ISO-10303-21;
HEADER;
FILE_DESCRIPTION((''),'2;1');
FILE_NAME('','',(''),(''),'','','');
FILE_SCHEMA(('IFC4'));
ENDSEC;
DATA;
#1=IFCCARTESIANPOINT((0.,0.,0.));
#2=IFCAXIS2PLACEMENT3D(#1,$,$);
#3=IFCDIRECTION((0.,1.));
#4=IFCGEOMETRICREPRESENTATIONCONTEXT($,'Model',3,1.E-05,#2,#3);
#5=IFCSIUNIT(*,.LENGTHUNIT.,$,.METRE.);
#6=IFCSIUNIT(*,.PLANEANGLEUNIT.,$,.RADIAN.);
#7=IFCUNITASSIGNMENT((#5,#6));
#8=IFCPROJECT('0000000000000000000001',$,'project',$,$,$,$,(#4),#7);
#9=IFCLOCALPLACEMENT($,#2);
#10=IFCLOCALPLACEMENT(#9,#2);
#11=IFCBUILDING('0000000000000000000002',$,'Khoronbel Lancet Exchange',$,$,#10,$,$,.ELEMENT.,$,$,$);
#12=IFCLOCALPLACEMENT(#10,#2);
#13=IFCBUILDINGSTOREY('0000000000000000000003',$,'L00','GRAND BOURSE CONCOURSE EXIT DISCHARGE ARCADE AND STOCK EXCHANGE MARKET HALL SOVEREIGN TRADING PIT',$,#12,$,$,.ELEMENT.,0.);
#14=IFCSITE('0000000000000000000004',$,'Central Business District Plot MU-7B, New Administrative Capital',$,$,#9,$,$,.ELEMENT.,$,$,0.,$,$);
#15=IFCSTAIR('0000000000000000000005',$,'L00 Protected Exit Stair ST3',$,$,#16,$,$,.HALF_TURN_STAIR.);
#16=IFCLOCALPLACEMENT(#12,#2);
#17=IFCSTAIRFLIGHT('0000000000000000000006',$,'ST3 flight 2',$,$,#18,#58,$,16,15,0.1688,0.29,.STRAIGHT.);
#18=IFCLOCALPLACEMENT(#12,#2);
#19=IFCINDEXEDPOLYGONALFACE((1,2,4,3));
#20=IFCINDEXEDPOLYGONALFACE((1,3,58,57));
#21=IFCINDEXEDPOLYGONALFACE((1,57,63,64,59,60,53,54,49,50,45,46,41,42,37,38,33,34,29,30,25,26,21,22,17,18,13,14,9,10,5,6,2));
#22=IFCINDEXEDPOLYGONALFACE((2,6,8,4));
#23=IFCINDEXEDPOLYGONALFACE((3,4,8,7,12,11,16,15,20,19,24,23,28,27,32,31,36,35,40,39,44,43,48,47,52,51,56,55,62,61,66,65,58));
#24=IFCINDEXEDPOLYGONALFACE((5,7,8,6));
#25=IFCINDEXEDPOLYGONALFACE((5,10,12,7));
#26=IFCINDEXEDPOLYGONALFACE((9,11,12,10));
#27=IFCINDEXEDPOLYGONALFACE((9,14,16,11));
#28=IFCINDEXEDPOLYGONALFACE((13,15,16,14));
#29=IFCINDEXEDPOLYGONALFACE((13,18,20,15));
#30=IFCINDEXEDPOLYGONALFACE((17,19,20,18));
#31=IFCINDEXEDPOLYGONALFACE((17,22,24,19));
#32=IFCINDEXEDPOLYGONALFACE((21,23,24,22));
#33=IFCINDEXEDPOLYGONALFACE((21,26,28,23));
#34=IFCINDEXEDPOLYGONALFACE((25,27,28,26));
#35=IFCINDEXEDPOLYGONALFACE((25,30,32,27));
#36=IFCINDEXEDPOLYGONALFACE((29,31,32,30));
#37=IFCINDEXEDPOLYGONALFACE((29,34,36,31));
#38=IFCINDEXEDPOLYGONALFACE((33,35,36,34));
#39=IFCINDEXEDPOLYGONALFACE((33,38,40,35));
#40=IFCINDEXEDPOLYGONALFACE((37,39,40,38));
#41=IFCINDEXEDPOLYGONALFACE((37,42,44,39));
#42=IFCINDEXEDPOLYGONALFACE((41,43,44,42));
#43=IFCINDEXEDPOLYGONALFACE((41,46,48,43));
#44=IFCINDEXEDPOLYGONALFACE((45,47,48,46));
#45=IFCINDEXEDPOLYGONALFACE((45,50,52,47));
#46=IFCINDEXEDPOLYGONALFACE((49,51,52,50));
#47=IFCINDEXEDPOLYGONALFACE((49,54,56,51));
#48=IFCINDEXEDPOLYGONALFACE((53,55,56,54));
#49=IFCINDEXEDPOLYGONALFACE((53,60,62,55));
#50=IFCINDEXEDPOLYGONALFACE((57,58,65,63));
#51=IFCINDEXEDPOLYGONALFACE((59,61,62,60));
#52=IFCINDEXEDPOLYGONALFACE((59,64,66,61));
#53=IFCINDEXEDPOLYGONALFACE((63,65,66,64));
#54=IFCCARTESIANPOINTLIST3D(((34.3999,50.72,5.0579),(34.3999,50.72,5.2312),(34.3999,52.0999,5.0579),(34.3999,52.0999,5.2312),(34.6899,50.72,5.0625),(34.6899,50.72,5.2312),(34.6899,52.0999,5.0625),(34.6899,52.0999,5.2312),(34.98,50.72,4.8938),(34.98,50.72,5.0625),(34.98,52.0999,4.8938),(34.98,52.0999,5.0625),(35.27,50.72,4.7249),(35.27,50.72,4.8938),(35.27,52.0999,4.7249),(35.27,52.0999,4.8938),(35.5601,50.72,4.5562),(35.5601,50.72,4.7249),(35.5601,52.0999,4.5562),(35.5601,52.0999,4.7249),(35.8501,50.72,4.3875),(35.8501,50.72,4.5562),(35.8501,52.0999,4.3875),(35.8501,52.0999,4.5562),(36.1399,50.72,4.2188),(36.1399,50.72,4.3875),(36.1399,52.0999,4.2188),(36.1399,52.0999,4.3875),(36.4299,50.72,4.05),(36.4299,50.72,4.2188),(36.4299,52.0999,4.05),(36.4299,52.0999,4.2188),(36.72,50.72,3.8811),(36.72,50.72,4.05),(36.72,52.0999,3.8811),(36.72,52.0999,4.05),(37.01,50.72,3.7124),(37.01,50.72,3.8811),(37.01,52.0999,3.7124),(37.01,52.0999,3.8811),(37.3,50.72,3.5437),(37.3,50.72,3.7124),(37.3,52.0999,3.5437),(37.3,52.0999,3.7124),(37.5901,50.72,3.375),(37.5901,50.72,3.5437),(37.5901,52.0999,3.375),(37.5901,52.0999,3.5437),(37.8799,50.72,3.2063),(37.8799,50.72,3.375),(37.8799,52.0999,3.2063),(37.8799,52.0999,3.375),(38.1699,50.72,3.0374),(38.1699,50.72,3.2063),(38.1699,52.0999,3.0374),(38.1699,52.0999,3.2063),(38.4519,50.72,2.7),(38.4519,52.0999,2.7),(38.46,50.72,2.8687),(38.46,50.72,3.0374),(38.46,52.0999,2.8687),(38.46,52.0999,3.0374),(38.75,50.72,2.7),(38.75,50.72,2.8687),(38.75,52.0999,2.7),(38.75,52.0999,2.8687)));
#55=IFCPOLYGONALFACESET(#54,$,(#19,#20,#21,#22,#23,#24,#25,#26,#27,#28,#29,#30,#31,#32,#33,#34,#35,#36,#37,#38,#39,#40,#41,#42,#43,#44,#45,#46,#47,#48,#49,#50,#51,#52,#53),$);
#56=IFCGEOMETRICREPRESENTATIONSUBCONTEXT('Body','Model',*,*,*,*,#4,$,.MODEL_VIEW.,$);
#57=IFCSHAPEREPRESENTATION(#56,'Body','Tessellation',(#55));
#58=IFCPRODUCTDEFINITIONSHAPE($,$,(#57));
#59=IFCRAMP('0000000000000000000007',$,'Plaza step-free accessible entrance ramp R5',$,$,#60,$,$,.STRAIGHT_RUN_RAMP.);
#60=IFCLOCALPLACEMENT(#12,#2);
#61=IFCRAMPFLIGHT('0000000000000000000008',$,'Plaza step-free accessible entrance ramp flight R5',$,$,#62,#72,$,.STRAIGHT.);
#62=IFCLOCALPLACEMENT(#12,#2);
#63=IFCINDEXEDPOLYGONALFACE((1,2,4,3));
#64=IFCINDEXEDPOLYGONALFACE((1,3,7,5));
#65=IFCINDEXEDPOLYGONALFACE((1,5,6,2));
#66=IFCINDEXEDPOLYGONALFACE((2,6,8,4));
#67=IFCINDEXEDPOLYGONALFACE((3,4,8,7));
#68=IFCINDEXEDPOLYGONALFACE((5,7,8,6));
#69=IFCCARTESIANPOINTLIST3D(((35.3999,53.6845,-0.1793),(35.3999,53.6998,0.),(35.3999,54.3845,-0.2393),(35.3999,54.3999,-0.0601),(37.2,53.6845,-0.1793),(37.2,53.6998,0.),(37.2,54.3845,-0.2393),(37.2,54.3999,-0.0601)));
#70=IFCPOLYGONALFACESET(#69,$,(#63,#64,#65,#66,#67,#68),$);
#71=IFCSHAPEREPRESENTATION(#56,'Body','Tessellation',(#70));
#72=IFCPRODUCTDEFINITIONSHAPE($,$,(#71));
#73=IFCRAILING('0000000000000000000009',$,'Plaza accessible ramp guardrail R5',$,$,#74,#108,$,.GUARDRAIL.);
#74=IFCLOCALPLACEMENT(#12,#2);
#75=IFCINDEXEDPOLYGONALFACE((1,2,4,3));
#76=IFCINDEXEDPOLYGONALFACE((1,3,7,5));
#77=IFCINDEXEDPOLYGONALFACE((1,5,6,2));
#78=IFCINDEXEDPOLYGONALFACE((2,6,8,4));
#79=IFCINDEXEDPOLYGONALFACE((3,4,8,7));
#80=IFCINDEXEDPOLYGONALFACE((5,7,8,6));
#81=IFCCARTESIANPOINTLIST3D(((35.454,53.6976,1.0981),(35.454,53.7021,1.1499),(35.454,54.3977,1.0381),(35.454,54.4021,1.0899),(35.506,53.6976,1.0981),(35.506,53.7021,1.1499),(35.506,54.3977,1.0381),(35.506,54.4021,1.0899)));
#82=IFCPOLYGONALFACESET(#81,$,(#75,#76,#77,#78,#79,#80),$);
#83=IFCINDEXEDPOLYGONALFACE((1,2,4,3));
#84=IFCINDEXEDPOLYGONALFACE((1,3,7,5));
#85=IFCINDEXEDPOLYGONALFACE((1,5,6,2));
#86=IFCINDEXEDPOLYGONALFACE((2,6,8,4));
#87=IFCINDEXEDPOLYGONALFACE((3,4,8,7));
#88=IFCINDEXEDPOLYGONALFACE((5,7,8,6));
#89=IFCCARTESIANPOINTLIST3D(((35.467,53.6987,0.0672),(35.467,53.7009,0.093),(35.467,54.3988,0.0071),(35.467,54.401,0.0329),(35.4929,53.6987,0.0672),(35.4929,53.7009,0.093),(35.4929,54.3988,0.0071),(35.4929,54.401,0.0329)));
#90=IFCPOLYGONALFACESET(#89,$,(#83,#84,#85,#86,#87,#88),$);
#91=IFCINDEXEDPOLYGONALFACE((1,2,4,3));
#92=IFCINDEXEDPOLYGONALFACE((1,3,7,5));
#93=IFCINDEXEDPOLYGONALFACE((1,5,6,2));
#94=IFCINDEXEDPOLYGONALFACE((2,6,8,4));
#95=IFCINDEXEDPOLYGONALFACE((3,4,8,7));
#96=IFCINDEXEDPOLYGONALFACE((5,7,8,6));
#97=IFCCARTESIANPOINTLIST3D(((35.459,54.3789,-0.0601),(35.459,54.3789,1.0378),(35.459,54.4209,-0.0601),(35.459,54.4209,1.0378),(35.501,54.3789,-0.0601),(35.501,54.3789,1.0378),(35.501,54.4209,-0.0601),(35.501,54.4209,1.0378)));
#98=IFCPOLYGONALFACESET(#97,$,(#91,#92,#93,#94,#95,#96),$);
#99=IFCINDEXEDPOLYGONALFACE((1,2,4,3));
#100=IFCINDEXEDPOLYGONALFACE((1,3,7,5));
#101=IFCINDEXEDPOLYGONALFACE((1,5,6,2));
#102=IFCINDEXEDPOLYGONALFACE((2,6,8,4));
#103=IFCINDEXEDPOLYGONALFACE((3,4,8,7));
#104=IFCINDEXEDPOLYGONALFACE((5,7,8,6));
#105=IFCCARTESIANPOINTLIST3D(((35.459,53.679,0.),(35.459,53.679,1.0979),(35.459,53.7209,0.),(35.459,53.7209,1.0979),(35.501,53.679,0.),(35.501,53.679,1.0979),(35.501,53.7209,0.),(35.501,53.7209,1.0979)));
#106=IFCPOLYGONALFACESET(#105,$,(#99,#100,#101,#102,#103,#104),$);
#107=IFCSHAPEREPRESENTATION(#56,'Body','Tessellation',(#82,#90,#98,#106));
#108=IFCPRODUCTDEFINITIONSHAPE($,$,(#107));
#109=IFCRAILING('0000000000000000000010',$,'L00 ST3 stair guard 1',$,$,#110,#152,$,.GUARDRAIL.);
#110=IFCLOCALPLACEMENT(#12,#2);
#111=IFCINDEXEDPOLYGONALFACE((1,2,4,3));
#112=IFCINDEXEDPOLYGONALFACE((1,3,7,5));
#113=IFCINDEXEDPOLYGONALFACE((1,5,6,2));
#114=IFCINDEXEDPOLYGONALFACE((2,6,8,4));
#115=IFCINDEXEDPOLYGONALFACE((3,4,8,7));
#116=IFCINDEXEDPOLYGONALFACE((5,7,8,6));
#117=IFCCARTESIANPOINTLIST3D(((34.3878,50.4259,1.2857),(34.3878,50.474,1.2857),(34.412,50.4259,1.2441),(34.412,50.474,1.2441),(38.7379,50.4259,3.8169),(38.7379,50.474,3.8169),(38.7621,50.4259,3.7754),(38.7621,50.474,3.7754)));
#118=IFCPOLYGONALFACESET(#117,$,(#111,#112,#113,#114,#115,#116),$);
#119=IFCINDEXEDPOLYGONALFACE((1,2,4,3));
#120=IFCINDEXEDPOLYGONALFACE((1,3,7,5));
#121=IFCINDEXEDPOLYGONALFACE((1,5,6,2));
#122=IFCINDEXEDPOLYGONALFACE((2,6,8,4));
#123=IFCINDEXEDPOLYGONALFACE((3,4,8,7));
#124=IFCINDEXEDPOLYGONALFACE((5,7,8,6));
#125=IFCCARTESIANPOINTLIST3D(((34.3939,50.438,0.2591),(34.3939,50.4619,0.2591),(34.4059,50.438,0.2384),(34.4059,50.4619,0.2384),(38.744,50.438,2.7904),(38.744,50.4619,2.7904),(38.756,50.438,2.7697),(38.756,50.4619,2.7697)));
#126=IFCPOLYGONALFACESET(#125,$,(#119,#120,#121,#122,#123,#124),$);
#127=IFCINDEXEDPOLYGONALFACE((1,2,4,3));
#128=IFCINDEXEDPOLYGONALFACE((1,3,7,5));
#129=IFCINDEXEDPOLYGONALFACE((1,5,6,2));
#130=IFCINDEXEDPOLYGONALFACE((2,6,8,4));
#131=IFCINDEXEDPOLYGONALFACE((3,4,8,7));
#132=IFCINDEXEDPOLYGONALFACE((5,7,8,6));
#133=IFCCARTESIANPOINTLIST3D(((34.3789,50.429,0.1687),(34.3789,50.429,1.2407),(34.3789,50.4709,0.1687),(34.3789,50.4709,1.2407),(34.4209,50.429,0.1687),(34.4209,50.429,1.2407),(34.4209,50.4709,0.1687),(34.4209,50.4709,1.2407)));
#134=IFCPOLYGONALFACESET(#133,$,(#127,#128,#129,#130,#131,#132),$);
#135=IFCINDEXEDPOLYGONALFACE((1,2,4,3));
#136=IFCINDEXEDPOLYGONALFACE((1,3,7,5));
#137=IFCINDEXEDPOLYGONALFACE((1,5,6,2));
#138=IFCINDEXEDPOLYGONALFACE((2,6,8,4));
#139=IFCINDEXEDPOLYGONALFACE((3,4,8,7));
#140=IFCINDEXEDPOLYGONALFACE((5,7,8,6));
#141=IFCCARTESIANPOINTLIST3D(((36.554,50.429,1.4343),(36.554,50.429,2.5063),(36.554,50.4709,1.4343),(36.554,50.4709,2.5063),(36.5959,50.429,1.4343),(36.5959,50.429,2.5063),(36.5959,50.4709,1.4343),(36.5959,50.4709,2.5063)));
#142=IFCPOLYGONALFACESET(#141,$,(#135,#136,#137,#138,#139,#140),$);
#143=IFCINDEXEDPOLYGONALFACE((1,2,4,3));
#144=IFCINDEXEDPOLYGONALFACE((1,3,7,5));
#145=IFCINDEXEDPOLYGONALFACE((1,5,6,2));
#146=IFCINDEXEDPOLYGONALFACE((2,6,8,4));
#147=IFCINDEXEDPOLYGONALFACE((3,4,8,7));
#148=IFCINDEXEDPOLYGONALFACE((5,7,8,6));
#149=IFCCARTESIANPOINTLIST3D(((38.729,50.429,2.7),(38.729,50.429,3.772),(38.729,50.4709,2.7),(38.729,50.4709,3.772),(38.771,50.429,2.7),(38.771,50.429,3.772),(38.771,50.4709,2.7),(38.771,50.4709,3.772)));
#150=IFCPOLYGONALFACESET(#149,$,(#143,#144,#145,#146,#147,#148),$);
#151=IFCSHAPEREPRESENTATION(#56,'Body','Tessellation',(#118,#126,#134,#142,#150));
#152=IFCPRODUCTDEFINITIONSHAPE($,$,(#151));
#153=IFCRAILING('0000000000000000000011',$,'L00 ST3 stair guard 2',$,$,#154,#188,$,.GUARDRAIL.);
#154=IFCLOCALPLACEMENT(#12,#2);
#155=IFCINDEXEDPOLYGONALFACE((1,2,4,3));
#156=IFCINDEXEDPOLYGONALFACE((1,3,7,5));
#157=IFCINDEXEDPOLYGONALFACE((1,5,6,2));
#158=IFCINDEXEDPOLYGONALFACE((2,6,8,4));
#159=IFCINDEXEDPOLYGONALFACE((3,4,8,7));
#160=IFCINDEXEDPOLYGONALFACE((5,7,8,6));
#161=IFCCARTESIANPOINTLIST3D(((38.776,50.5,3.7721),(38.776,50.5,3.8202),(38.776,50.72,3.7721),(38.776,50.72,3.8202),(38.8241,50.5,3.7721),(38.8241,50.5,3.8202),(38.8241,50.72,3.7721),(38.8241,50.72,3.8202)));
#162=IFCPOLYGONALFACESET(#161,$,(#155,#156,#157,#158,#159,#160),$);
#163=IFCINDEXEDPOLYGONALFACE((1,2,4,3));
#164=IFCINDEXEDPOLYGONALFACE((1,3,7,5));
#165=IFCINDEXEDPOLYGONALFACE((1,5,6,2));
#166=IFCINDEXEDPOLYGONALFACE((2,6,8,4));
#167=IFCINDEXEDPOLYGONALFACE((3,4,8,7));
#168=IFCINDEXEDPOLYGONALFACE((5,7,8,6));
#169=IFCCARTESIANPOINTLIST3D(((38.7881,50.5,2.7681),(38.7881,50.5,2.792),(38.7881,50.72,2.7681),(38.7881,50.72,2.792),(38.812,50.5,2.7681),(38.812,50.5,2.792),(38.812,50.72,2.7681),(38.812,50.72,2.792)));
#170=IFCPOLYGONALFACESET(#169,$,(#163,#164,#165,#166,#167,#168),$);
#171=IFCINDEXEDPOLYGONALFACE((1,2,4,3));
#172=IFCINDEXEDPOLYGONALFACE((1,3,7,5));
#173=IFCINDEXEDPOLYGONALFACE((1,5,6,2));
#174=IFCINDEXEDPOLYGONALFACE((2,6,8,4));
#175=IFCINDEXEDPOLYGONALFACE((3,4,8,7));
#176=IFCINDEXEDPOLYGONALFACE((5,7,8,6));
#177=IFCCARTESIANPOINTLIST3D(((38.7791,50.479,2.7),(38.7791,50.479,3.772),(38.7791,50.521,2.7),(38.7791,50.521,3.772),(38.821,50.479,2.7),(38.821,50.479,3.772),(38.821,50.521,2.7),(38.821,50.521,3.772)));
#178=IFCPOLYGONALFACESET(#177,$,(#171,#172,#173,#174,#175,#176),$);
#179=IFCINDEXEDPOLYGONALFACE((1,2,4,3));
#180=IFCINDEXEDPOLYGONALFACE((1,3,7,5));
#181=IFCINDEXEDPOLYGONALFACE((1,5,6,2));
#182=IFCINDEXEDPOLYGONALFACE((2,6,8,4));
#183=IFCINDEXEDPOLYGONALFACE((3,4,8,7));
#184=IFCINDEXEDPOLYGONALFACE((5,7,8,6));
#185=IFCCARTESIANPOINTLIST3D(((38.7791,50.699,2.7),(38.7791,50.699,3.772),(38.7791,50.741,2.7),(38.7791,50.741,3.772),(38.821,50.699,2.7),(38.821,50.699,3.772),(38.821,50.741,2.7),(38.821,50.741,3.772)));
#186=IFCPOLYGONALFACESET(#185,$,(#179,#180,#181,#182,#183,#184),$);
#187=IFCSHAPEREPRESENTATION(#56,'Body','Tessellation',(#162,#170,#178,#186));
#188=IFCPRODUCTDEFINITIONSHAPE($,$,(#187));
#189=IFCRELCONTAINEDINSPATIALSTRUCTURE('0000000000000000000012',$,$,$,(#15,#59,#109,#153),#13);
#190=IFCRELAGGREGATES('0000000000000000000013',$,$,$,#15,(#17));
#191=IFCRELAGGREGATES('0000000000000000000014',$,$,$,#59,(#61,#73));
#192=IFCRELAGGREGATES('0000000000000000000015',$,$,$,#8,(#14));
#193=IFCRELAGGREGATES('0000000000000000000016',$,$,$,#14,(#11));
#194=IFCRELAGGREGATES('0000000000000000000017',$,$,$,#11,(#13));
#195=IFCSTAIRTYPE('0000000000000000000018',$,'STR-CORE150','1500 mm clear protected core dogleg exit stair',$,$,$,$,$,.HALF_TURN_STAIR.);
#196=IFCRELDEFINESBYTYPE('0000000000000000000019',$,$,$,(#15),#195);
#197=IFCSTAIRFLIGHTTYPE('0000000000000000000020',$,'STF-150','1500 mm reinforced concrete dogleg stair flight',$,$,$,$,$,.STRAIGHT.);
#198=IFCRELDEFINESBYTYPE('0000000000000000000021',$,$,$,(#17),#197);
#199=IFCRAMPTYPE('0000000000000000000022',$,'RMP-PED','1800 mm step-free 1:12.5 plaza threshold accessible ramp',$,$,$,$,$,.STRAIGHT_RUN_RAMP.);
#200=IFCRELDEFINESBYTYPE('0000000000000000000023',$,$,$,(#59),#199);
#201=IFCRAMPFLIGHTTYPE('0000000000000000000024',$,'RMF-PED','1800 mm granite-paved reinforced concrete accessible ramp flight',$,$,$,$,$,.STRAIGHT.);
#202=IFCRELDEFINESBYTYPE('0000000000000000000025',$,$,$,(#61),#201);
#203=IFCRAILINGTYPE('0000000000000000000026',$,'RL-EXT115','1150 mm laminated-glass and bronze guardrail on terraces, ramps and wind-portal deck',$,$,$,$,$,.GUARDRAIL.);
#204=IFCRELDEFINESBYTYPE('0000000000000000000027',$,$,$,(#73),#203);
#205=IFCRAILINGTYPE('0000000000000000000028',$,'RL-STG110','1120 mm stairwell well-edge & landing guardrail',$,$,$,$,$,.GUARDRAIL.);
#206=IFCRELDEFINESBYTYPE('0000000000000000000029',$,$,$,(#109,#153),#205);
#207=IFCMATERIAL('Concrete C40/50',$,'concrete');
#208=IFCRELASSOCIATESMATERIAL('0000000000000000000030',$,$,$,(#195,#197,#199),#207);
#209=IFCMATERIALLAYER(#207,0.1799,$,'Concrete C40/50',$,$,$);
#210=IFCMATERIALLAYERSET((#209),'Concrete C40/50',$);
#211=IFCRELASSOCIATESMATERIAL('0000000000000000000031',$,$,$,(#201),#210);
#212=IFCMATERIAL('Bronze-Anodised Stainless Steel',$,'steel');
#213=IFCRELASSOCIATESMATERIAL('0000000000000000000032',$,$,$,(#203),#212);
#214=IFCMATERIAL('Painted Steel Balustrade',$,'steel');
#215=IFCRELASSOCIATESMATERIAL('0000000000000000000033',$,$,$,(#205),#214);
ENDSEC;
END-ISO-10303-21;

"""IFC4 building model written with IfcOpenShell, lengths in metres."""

from ifc_helpers import new_model, si_unit, direction, frame, origin, origin_2d, place, context, subcontext, project, spatial, polyline, rectangle, outline, extrude, material, layer, layer_set, type_object, element, aggregate, save


model = new_model("IFC4")

# Units and contexts
model_context = context("Model", 3, precision=1e-05, world=origin(), true_north=direction((0.0, 1.0)))
body_context = subcontext(model_context, "Body", "Model", "MODEL_VIEW")
ifc_project = project(units=[si_unit("LENGTHUNIT", "METRE"), si_unit("PLANEANGLEUNIT", "RADIAN")], contexts=[model_context])

# Site, building, storey
site_placement = place(None, origin())
site = spatial("IfcSite", under=ifc_project, at=site_placement, Name="Central Business District Plot MU-7B, New Administrative Capital", CompositionType="ELEMENT", RefElevation=0.0)
building_placement = place(site_placement, origin())
building = spatial("IfcBuilding", under=site, at=building_placement, Name="Khoronbel Lancet Exchange", CompositionType="ELEMENT")
storey_placement = place(building_placement, origin())
storey = spatial("IfcBuildingStorey", under=building, at=storey_placement, Name="L00", Description="GRAND BOURSE CONCOURSE EXIT DISCHARGE ARCADE AND STOCK EXCHANGE MARKET HALL SOVEREIGN TRADING PIT", CompositionType="ELEMENT", Elevation=0.0)

# Stair, stair flight
ifc_material_1 = material(Name="Concrete C40/50", Category="concrete")
stair_type = type_object("IfcStairType", Name="STR-CORE150", Description="1500 mm clear protected core dogleg exit stair", PredefinedType="HALF_TURN_STAIR", material=ifc_material_1)
stair_placement = place(storey_placement, origin())
stair = element("IfcStair", 1, at=stair_placement, inside=storey, type_object=stair_type, Name="L00 Protected Exit Stair ST3", PredefinedType="HALF_TURN_STAIR")
stair_flight_type = type_object("IfcStairFlightType", Name="STF-150", Description="1500 mm reinforced concrete dogleg stair flight", PredefinedType="STRAIGHT", material=ifc_material_1)
stair_flight_1_placement = place(storey_placement, frame((38.75, 51.4099, 2.7), z_axis=(0.0, 0.0, 1.0), x_axis=(-1.0, 0.0, 0.0)))
stair_flight_1 = element("IfcStairFlight", 2, at=stair_flight_1_placement, type_object=stair_flight_type, Name="ST3 flight 2", NumberOfRisers=16, NumberOfTreads=15, PredefinedType="STRAIGHT", RiserHeight=0.1688, TreadLength=0.29, context=body_context, shape_type="SweptSolid", body=[
    extrude(outline(polyline([(0.0, 0.0), (0.0, 0.1687), (0.29, 0.1687), (0.29, 0.3374), (0.5801, 0.3374), (0.5801, 0.5063), (0.8701, 0.5063), (0.8701, 0.675), (1.1599, 0.675), (1.1599, 0.8438), (1.45, 0.8438), (1.45, 1.0125), (1.74, 1.0125), (1.74, 1.1812), (2.03, 1.1812), (2.03, 1.3501), (2.3201, 1.3501), (2.3201, 1.5188), (2.6101, 1.5188), (2.6101, 1.6875), (2.8999, 1.6875), (2.8999, 1.8562), (3.1899, 1.8562), (3.1899, 2.0249), (3.48, 2.0249), (3.48, 2.1938), (3.77, 2.1938), (3.77, 2.3625), (4.0601, 2.3625), (4.0601, 2.5312), (4.3501, 2.5312), (4.3501, 2.7), (4.3501, 2.3579), (0.2981, 0.0), (0.0, 0.0)])), frame((0.0, 0.6899, 0.0), z_axis=(0.0, -1.0, 0.0), x_axis=(1.0, 0.0, 0.0)), (0.0, 0.0, 1.0), 1.3799),
])
aggregate(stair, [stair_flight_1])

# Ramp, ramp flight, railing
ramp_type = type_object("IfcRampType", Name="RMP-PED", Description="1800 mm step-free 1:12.5 plaza threshold accessible ramp", PredefinedType="STRAIGHT_RUN_RAMP", material=ifc_material_1)
ramp_placement = place(storey_placement, origin())
ramp = element("IfcRamp", 3, at=ramp_placement, inside=storey, type_object=ramp_type, Name="Plaza step-free accessible entrance ramp R5", PredefinedType="STRAIGHT_RUN_RAMP")
ifc_layer_1 = layer(ifc_material_1, 0.1799, Name="Concrete C40/50")
ifc_layer_set_1 = layer_set([ifc_layer_1], Name="Concrete C40/50")
ramp_flight_type = type_object("IfcRampFlightType", Name="RMF-PED", Description="1800 mm granite-paved reinforced concrete accessible ramp flight", PredefinedType="STRAIGHT", material=ifc_layer_set_1)
ramp_flight_placement = place(storey_placement, frame((35.3999, 54.3999, -0.0601), z_axis=(0.0, 0.08549, 0.996339), x_axis=(1.0, 0.0, 0.0)))
ramp_flight = element("IfcRampFlight", 4, at=ramp_flight_placement, type_object=ramp_flight_type, Name="Plaza step-free accessible entrance ramp flight R5", PredefinedType="STRAIGHT", context=body_context, shape_type="SweptSolid", body=[
    extrude(outline(polyline([(0.0, 0.0), (1.8, 0.0), (1.8, -0.7026), (0.0, -0.7026), (0.0, 0.0)])), origin(), (0.0, 0.0, -1.0), 0.1799),
])
ifc_material_2 = material(Name="Bronze-Anodised Stainless Steel", Category="steel")
railing_type_1 = type_object("IfcRailingType", Name="RL-EXT115", Description="1150 mm laminated-glass and bronze guardrail on terraces, ramps and wind-portal deck", PredefinedType="GUARDRAIL", material=ifc_material_2)
railing_1_placement = place(storey_placement, frame((35.48, 54.3999, -0.0601)))
railing_1 = element("IfcRailing", 5, at=railing_1_placement, type_object=railing_type_1, Name="Plaza accessible ramp guardrail R5", PredefinedType="GUARDRAIL", context=body_context, shape_type="SweptSolid", body=[
    extrude(rectangle(XDim=0.052, YDim=0.052, at=origin_2d()), frame((0.0, 0.0, 1.124), z_axis=(0.0, -0.996339, 0.08549), x_axis=(1.0, 0.0, 0.0)), (0.0, 0.0, 1.0), 0.7026),
    extrude(rectangle(XDim=0.0259, YDim=0.0259, at=origin_2d()), frame((0.0, 0.0, 0.0801), z_axis=(0.0, -0.996339, 0.08549), x_axis=(1.0, 0.0, 0.0)), (0.0, 0.0, 1.0), 0.7026),
    extrude(rectangle(XDim=0.042, YDim=0.042, at=origin_2d()), origin(), (0.0, 0.0, 1.0), 1.0979),
    extrude(rectangle(XDim=0.042, YDim=0.042, at=origin_2d()), frame((0.0, -0.7, 0.0601)), (0.0, 0.0, 1.0), 1.0979),
])
aggregate(ramp, [ramp_flight, railing_1])

# Railings
ifc_material_3 = material(Name="Painted Steel Balustrade", Category="steel")
railing_type_2 = type_object("IfcRailingType", Name="RL-STG110", Description="1120 mm stairwell well-edge & landing guardrail", PredefinedType="GUARDRAIL", material=ifc_material_3)
railing_2_placement = place(storey_placement, frame((34.3999, 50.45, 0.1687)))
element("IfcRailing", 6, at=railing_2_placement, inside=storey, type_object=railing_type_2, Name="L00 ST3 stair guard 1", PredefinedType="GUARDRAIL", context=body_context, shape_type="SweptSolid", body=[
    extrude(rectangle(XDim=0.0481, YDim=0.0481, at=origin_2d()), frame((0.0, 0.0, 1.0962), z_axis=(0.864324, 0.0, 0.502936), x_axis=(0.0, 1.0, 0.0)), (0.0, 0.0, 1.0), 5.033),
    extrude(rectangle(XDim=0.0239, YDim=0.0239, at=origin_2d()), frame((0.0, 0.0, 0.0801), z_axis=(0.864324, 0.0, 0.502936), x_axis=(0.0, 1.0, 0.0)), (0.0, 0.0, 1.0), 5.033),
    extrude(rectangle(XDim=0.042, YDim=0.042, at=origin_2d()), origin(), (0.0, 0.0, 1.0), 1.072),
    extrude(rectangle(XDim=0.042, YDim=0.042, at=origin_2d()), frame((2.175, 0.0, 1.2656)), (0.0, 0.0, 1.0), 1.072),
    extrude(rectangle(XDim=0.042, YDim=0.042, at=origin_2d()), frame((4.3501, 0.0, 2.5312)), (0.0, 0.0, 1.0), 1.072),
])
railing_3_placement = place(storey_placement, frame((38.8, 50.5, 2.7)))
element("IfcRailing", 7, at=railing_3_placement, inside=storey, type_object=railing_type_2, Name="L00 ST3 stair guard 2", PredefinedType="GUARDRAIL", context=body_context, shape_type="SweptSolid", body=[
    extrude(rectangle(XDim=0.0481, YDim=0.0481, at=origin_2d()), frame((0.0, 0.0, 1.0962), z_axis=(0.0, 1.0, 0.0), x_axis=(-1.0, 0.0, 0.0)), (0.0, 0.0, 1.0), 0.22),
    extrude(rectangle(XDim=0.0239, YDim=0.0239, at=origin_2d()), frame((0.0, 0.0, 0.0801), z_axis=(0.0, 1.0, 0.0), x_axis=(-1.0, 0.0, 0.0)), (0.0, 0.0, 1.0), 0.22),
    extrude(rectangle(XDim=0.042, YDim=0.042, at=origin_2d()), origin(), (0.0, 0.0, 1.0), 1.072),
    extrude(rectangle(XDim=0.042, YDim=0.042, at=origin_2d()), frame((0.0, 0.22, 0.0)), (0.0, 0.0, 1.0), 1.072),
])

save(model, "model.ifc")
